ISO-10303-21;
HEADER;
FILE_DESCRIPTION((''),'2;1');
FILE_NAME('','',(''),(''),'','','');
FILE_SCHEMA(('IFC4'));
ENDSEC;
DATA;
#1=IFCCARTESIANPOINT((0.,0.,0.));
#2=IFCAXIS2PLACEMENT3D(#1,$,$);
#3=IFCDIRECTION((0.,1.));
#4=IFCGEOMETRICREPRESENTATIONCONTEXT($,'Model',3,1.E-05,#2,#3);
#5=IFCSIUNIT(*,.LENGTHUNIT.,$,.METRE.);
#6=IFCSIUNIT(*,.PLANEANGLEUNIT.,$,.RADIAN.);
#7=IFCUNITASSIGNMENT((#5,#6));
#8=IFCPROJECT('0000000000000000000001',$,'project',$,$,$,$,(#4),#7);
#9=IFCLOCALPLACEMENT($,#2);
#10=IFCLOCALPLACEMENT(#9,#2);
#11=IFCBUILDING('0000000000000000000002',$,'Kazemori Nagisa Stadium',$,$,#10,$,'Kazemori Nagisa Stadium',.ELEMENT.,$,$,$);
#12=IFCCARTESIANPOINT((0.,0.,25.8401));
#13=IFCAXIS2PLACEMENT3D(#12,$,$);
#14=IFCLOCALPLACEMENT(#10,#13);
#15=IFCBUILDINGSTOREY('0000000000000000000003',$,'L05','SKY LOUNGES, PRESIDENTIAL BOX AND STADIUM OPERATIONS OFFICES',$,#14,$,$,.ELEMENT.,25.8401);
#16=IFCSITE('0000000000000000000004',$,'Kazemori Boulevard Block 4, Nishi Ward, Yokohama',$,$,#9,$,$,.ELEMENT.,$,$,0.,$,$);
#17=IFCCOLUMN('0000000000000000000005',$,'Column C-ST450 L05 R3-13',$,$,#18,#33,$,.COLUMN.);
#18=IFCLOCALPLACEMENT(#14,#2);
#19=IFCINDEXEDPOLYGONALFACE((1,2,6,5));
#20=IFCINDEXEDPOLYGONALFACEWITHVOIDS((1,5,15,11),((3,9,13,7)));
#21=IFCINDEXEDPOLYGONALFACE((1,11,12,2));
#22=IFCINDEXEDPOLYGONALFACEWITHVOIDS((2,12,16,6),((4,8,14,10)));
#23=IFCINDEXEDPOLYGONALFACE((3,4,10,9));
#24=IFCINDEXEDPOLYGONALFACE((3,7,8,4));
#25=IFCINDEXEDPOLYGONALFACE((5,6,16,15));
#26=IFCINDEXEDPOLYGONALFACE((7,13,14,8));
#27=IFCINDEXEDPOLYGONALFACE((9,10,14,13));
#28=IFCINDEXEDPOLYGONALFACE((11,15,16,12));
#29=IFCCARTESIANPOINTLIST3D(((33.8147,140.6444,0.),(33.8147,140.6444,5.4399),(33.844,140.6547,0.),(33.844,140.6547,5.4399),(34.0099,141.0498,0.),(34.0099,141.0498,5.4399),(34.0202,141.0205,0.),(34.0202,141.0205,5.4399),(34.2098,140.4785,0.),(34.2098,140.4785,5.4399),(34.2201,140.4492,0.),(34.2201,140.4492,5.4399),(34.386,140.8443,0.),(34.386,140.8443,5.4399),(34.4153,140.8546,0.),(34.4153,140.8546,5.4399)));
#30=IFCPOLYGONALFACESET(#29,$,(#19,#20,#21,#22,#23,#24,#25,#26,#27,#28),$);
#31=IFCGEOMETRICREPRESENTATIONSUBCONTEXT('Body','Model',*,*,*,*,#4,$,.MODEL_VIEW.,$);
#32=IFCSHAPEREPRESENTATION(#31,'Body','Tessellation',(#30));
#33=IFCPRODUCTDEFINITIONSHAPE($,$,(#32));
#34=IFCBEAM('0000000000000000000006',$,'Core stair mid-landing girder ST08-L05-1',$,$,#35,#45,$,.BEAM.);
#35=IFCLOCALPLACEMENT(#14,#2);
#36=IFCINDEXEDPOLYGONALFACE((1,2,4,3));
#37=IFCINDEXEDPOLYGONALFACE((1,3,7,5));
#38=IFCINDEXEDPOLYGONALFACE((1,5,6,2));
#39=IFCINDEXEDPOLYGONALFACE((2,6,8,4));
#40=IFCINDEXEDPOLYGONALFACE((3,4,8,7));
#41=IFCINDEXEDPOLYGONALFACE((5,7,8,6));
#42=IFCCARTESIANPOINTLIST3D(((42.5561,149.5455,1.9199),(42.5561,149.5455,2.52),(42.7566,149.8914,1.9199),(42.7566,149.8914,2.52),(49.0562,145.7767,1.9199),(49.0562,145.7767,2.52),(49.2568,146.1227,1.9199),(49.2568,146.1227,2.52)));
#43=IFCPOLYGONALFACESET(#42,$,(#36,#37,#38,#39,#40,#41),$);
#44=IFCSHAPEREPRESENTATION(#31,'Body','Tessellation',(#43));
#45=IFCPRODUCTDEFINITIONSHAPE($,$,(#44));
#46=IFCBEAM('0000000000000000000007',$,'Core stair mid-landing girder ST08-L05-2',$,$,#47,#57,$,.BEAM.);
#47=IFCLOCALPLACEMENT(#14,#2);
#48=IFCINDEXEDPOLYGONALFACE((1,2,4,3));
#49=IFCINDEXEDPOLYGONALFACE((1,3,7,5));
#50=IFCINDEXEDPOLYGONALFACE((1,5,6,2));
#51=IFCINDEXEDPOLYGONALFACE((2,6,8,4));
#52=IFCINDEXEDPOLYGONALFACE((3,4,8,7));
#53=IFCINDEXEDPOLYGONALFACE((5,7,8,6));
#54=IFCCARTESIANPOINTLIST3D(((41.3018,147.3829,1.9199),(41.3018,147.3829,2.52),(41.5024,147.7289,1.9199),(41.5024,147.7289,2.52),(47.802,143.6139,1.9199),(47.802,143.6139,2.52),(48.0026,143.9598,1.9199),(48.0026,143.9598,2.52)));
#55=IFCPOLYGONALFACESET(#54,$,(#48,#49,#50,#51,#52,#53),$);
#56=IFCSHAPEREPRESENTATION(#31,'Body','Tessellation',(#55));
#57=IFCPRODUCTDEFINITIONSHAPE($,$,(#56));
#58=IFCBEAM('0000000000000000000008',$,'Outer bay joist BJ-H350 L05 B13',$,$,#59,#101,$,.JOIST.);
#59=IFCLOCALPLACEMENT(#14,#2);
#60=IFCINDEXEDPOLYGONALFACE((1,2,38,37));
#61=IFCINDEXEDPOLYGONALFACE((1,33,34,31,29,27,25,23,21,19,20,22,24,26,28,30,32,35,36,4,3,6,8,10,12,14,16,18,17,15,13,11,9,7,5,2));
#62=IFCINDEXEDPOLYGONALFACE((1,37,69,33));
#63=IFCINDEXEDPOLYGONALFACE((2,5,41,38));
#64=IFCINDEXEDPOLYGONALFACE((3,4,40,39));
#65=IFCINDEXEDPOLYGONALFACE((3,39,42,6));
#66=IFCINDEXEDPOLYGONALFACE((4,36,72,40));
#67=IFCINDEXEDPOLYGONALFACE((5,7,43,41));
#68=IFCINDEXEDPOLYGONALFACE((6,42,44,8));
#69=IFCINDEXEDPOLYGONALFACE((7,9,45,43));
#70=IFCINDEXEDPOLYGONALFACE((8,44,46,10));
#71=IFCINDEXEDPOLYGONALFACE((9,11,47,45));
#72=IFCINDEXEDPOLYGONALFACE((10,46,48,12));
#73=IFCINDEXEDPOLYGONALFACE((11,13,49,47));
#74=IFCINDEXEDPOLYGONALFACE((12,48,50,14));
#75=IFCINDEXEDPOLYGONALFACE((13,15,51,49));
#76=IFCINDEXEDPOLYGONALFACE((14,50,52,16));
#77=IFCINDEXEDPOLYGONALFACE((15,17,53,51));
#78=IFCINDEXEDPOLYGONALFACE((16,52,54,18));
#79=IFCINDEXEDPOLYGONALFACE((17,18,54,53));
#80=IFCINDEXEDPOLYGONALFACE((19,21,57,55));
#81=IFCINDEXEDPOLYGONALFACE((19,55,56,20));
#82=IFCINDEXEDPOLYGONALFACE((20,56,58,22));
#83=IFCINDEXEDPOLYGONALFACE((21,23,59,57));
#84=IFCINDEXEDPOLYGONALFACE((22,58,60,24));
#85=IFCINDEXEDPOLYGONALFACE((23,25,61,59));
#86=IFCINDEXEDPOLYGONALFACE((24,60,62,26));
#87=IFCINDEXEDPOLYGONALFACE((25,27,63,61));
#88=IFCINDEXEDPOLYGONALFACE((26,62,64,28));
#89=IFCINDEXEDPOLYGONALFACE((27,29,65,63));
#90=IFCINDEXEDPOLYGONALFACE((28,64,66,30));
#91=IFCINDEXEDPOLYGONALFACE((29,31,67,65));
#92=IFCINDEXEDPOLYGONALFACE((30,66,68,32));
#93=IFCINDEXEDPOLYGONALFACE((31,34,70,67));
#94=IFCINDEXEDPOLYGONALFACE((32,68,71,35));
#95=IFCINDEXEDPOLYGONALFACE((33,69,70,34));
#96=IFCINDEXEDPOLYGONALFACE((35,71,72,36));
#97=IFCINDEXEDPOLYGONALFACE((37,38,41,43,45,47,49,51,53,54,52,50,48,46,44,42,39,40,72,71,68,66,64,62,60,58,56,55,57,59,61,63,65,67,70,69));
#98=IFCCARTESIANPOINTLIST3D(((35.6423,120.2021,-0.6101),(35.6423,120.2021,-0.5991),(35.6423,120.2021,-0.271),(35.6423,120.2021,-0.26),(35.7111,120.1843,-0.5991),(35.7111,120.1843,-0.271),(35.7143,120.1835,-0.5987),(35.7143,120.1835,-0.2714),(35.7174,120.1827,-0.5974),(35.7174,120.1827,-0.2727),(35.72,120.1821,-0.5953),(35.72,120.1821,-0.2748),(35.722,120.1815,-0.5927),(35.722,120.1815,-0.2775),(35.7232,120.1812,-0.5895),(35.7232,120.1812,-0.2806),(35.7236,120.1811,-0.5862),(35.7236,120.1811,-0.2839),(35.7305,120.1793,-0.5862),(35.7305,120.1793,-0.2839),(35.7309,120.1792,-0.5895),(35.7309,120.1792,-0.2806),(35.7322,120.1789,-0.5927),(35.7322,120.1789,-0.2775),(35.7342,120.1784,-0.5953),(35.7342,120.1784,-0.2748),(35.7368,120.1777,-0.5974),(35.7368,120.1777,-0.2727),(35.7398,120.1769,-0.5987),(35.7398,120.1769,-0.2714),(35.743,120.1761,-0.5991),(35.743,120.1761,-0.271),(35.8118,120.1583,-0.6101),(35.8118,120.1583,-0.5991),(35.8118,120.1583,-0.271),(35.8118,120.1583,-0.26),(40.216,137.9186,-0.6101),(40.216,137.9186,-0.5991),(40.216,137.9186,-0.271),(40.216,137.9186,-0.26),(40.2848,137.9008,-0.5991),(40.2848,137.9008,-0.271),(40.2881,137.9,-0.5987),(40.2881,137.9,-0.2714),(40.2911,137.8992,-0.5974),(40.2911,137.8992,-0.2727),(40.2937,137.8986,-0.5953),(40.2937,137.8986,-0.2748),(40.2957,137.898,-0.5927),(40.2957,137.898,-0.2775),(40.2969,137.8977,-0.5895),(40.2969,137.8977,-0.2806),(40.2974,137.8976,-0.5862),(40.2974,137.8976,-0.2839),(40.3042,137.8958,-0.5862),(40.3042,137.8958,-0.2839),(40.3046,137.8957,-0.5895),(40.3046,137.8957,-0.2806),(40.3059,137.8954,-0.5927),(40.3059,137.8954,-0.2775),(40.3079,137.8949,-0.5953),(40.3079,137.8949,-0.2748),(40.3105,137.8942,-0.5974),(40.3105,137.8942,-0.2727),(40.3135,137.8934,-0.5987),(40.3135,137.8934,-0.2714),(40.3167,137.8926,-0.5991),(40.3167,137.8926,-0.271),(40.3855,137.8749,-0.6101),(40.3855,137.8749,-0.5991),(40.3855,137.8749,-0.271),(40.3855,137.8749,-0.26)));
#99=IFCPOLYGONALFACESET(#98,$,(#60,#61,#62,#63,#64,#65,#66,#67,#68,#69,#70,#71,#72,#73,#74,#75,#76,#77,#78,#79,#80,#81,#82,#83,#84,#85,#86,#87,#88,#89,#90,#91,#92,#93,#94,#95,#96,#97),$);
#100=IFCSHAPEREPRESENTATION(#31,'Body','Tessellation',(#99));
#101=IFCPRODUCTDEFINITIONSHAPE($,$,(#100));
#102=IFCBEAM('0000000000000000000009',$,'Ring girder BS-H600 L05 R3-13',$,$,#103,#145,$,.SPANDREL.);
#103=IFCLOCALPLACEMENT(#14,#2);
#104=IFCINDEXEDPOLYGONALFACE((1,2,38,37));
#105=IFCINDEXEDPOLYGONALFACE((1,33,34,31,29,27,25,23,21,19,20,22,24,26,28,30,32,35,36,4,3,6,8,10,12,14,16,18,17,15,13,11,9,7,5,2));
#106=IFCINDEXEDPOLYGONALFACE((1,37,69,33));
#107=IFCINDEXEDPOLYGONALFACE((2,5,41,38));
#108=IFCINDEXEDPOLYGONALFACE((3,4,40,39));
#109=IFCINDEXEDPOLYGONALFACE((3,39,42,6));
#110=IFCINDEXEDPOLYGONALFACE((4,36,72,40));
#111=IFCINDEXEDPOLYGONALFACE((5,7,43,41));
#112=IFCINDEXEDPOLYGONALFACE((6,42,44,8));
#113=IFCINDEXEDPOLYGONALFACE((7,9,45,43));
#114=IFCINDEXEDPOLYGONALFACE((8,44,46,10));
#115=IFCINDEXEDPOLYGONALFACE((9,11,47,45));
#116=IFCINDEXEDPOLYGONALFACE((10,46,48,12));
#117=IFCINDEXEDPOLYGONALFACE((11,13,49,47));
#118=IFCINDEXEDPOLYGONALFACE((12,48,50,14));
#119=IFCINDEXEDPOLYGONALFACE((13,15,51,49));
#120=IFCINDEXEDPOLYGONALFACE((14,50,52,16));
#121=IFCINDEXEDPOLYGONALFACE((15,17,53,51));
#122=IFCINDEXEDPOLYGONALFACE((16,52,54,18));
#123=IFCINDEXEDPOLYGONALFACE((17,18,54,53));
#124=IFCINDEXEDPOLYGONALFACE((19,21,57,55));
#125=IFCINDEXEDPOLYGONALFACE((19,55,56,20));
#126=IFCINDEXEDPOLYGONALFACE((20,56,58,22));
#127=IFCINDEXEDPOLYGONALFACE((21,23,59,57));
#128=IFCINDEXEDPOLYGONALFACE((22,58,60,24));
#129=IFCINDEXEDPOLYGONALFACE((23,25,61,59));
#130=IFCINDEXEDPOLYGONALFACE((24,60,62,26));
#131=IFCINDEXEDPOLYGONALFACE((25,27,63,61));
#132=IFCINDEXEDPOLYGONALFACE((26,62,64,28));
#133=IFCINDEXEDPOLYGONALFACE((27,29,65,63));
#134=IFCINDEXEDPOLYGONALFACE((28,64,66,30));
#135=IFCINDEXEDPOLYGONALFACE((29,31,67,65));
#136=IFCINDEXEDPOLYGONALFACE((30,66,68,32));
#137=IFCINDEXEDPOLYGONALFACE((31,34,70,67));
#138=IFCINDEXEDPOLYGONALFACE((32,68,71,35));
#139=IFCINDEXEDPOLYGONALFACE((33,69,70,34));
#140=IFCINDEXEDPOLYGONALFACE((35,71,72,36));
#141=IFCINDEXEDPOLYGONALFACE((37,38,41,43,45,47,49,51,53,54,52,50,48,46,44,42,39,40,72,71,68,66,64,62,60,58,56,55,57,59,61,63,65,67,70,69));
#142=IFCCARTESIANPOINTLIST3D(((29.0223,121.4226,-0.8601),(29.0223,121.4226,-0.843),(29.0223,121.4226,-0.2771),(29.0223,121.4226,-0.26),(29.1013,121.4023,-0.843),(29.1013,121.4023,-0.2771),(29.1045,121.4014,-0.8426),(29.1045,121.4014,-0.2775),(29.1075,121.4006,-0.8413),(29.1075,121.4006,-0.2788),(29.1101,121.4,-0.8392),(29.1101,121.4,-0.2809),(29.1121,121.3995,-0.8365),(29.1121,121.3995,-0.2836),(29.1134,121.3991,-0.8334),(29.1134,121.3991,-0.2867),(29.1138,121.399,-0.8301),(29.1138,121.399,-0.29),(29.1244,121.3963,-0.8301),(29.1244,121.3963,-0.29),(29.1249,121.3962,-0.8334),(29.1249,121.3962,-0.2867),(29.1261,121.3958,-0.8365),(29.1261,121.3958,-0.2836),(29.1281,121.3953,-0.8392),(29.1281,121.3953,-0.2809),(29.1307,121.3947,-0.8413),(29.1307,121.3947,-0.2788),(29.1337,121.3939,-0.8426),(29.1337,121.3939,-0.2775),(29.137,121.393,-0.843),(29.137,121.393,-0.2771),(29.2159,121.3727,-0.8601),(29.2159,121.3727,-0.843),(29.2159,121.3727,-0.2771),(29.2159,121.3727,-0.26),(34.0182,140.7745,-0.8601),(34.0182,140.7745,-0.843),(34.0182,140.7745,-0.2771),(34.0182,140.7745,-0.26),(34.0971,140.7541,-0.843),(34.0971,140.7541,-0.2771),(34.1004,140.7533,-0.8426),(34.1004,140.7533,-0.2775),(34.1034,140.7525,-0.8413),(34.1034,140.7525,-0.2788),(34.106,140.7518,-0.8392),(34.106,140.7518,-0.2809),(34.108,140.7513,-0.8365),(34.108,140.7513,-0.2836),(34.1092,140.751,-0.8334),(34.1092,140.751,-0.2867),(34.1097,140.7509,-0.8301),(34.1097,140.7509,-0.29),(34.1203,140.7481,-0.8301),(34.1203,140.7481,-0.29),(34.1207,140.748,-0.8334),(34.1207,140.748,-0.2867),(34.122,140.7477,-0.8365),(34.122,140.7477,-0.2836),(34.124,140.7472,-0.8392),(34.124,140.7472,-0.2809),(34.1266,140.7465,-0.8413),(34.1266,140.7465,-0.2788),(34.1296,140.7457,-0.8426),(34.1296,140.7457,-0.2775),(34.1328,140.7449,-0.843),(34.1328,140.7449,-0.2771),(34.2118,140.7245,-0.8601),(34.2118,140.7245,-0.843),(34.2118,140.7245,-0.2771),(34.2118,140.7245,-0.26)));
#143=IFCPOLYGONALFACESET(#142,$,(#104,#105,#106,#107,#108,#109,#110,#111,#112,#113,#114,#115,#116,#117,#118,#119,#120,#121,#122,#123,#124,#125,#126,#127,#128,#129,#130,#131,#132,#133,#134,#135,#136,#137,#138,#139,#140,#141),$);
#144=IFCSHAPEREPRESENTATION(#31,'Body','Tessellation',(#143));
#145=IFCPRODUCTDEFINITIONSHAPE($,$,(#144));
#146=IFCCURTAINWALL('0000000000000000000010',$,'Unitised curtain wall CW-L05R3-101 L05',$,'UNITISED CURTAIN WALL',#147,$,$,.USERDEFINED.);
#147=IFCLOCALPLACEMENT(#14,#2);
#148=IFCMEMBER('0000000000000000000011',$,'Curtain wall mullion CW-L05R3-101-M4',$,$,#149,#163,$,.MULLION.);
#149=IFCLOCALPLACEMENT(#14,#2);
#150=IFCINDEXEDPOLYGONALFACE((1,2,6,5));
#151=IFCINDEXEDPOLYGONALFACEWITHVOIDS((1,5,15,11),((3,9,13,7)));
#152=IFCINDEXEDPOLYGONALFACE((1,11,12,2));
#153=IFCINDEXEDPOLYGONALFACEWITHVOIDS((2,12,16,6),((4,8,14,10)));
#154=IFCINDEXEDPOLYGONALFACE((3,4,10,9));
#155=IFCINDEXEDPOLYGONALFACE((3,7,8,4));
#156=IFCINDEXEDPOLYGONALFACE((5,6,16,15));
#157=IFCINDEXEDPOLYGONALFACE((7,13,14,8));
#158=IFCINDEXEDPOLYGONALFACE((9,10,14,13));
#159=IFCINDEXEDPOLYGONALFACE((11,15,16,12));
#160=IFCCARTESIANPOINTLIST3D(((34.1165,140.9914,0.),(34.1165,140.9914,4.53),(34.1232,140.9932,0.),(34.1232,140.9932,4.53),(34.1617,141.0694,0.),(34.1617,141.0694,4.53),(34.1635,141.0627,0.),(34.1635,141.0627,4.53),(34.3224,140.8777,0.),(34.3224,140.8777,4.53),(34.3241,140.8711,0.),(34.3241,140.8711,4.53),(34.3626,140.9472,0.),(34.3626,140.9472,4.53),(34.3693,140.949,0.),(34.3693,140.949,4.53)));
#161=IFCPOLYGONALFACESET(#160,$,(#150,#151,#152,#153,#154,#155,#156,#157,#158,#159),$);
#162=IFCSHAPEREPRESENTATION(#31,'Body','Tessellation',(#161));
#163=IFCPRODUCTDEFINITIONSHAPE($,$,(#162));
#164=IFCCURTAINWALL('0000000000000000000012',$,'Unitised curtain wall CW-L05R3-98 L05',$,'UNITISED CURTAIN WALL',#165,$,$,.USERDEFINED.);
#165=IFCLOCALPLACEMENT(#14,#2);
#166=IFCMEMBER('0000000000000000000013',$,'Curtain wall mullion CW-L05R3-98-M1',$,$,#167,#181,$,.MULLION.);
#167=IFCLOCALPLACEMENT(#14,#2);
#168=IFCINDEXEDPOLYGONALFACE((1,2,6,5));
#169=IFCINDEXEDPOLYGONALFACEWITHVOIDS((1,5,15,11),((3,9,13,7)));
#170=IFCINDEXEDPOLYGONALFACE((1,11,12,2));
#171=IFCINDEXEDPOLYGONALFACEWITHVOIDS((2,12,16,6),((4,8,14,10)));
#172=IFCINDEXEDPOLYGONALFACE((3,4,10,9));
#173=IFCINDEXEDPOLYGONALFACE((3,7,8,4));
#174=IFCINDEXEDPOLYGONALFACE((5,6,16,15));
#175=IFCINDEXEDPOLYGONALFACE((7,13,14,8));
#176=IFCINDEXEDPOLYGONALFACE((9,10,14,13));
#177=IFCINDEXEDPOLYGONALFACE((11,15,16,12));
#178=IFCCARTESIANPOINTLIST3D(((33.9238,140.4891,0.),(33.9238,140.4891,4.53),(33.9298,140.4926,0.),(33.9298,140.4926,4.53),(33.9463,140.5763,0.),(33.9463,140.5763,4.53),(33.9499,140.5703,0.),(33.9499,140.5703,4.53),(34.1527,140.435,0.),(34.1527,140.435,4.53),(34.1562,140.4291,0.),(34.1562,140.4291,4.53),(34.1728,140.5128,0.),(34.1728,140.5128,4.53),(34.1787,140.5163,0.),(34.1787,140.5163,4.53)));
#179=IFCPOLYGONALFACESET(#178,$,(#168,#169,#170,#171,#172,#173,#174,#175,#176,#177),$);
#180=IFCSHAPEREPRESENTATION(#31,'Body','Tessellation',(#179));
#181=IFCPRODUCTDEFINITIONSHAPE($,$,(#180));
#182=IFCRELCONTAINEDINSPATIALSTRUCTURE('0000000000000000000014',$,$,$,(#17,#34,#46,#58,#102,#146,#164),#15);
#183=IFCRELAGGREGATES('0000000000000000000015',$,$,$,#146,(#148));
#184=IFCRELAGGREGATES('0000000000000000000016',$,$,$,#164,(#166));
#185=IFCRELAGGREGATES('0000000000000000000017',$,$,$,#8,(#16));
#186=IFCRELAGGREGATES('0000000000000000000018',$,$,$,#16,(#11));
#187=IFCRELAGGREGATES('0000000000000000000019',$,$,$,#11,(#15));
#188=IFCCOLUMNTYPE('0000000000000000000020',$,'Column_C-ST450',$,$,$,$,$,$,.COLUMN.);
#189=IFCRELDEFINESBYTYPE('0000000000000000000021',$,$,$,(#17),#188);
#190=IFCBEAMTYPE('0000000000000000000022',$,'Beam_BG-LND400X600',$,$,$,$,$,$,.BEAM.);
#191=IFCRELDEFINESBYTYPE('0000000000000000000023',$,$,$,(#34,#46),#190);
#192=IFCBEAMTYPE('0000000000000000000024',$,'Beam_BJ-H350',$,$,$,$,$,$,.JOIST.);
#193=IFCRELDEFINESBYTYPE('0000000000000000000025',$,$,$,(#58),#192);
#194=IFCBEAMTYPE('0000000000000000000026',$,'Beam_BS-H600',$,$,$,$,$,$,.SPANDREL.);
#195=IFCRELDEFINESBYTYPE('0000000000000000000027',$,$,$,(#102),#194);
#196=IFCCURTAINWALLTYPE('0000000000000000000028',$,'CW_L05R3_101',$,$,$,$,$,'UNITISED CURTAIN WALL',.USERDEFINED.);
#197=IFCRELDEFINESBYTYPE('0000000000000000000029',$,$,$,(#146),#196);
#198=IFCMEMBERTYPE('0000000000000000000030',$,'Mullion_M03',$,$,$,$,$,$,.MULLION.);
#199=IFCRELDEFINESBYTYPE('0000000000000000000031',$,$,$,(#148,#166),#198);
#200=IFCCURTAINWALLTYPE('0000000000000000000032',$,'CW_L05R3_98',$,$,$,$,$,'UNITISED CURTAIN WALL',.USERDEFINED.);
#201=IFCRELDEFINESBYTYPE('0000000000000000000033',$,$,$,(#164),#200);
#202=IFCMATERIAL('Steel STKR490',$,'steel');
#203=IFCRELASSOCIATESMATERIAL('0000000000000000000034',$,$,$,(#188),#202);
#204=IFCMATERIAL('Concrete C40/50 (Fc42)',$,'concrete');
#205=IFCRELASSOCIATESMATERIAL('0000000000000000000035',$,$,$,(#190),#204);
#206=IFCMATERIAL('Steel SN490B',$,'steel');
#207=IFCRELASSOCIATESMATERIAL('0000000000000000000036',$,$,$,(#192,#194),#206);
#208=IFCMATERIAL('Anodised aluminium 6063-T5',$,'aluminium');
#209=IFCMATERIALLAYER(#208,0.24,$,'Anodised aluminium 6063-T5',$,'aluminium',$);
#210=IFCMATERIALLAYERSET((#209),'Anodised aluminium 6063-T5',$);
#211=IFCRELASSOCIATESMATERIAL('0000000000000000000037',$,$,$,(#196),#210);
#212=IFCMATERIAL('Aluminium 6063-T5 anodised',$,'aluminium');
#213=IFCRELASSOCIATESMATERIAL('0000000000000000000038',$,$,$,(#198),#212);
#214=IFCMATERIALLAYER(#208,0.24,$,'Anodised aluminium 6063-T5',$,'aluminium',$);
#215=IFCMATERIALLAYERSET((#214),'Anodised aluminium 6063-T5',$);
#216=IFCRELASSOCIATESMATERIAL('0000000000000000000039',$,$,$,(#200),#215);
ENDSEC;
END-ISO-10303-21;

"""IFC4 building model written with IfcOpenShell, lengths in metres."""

from ifc_helpers import new_model, si_unit, direction, frame, origin, origin_2d, place, context, subcontext, project, spatial, rectangle, hollow_rectangle, i_section, extrude, material, layer, layer_set, material_profile, profile_set, type_object, element, aggregate, save


model = new_model("IFC4")

# Units and contexts
model_context = context("Model", 3, precision=1e-05, world=origin(), true_north=direction((0.0, 1.0)))
body_context = subcontext(model_context, "Body", "Model", "MODEL_VIEW")
ifc_project = project(units=[si_unit("LENGTHUNIT", "METRE"), si_unit("PLANEANGLEUNIT", "RADIAN")], contexts=[model_context])

# Site, building, storey
site_placement = place(None, origin())
site = spatial("IfcSite", under=ifc_project, at=site_placement, Name="Kazemori Boulevard Block 4, Nishi Ward, Yokohama", CompositionType="ELEMENT", RefElevation=0.0)
building_placement = place(site_placement, origin())
building = spatial("IfcBuilding", under=site, at=building_placement, Name="Kazemori Nagisa Stadium", LongName="Kazemori Nagisa Stadium", CompositionType="ELEMENT")
storey_placement = place(building_placement, frame((0.0, 0.0, 25.8401)))
storey = spatial("IfcBuildingStorey", under=building, at=storey_placement, Name="L05", Description="SKY LOUNGES, PRESIDENTIAL BOX AND STADIUM OPERATIONS OFFICES", CompositionType="ELEMENT", Elevation=25.8401)

# Column
ifc_material_1 = material(Name="Steel STKR490", Category="steel")
ifc_material_profile_1 = material_profile(ifc_material_1, hollow_rectangle(XDim=0.45, YDim=0.45, WallThickness=0.022, at=origin_2d()), Name="SHS-450x450x22")
ifc_profile_set_1 = profile_set([ifc_material_profile_1], Name="Steel STKR490")
column_type = type_object("IfcColumnType", Name="Column_C-ST450", PredefinedType="COLUMN", material=ifc_profile_set_1)
column_placement = place(storey_placement, frame((34.115, 140.7495, 0.0), z_axis=(0.0, 0.0, 1.0), x_axis=(-0.900969, 0.433884, 0.0)))
element("IfcColumn", 1, at=column_placement, inside=storey, type_object=column_type, Name="Column C-ST450 L05 R3-13", PredefinedType="COLUMN", context=body_context, shape_type="SweptSolid", body=[
    extrude(hollow_rectangle(XDim=0.45, YDim=0.45, WallThickness=0.022, at=origin_2d()), origin(), (0.0, 0.0, 1.0), 5.4399),
])

# Beams
ifc_material_2 = material(Name="Concrete C40/50 (Fc42)", Category="concrete")
ifc_material_profile_2 = material_profile(ifc_material_2, rectangle(XDim=0.3999, YDim=0.6001, at=origin_2d()), Name="RC-BM-400x600")
ifc_profile_set_2 = profile_set([ifc_material_profile_2], Name="Concrete C40/50 (Fc42)")
beam_type_1 = type_object("IfcBeamType", Name="Beam_BG-LND400X600", PredefinedType="BEAM", material=ifc_profile_set_2)
beam_1_placement = place(storey_placement, frame((49.1565, 145.9497, 2.22), z_axis=(-0.865109, 0.501584, 0.0), x_axis=(-0.501584, -0.865109, 0.0)))
element("IfcBeam", 2, at=beam_1_placement, inside=storey, type_object=beam_type_1, Name="Core stair mid-landing girder ST08-L05-1", PredefinedType="BEAM", context=body_context, shape_type="SweptSolid", body=[
    extrude(rectangle(XDim=0.3999, YDim=0.6001, at=origin_2d()), origin(), (0.0, 0.0, 1.0), 7.5137),
])
beam_2_placement = place(storey_placement, frame((47.9023, 143.7869, 2.22), z_axis=(-0.865095, 0.501609, 0.0), x_axis=(-0.501609, -0.865095, 0.0)))
element("IfcBeam", 3, at=beam_2_placement, inside=storey, type_object=beam_type_1, Name="Core stair mid-landing girder ST08-L05-2", PredefinedType="BEAM", context=body_context, shape_type="SweptSolid", body=[
    extrude(rectangle(XDim=0.3999, YDim=0.6001, at=origin_2d()), origin(), (0.0, 0.0, 1.0), 7.5139),
])
ifc_material_3 = material(Name="Steel SN490B", Category="steel")
ifc_material_profile_3 = material_profile(ifc_material_3, i_section(OverallWidth=0.175, OverallDepth=0.3501, WebThickness=0.0071, FlangeThickness=0.011, FilletRadius=0.0129, at=origin_2d()), Name="H-350x175x7x11")
ifc_profile_set_3 = profile_set([ifc_material_profile_3], Name="Steel SN490B")
beam_type_2 = type_object("IfcBeamType", Name="Beam_BJ-H350", PredefinedType="JOIST", material=ifc_profile_set_3)
beam_3_placement = place(storey_placement, frame((40.3008, 137.8967, -0.4351), z_axis=(-0.249966, -0.968255, 0.0), x_axis=(0.968255, -0.249966, 0.0)))
element("IfcBeam", 4, at=beam_3_placement, inside=storey, type_object=beam_type_2, Name="Outer bay joist BJ-H350 L05 B13", PredefinedType="JOIST", context=body_context, shape_type="SweptSolid", body=[
    extrude(i_section(OverallWidth=0.175, OverallDepth=0.3501, WebThickness=0.0071, FlangeThickness=0.011, FilletRadius=0.0129, at=origin_2d()), origin(), (0.0, 0.0, 1.0), 18.2974),
])
ifc_material_profile_4 = material_profile(ifc_material_3, i_section(OverallWidth=0.2, OverallDepth=0.6001, WebThickness=0.011, FlangeThickness=0.0171, FilletRadius=0.0129, at=origin_2d()), Name="H-600x200x11x17")
ifc_profile_set_4 = profile_set([ifc_material_profile_4], Name="Steel SN490B")
beam_type_3 = type_object("IfcBeamType", Name="Beam_BS-H600", PredefinedType="SPANDREL", material=ifc_profile_set_4)
beam_4_placement = place(storey_placement, frame((34.115, 140.7495, -0.5601), z_axis=(-0.249964, -0.968255, 0.0), x_axis=(0.968255, -0.249964, 0.0)))
element("IfcBeam", 5, at=beam_4_placement, inside=storey, type_object=beam_type_3, Name="Ring girder BS-H600 L05 R3-13", PredefinedType="SPANDREL", context=body_context, shape_type="SweptSolid", body=[
    extrude(i_section(OverallWidth=0.2, OverallDepth=0.6001, WebThickness=0.011, FlangeThickness=0.0171, FilletRadius=0.0129, at=origin_2d()), origin(), (0.0, 0.0, 1.0), 19.9863),
])

# Curtain wall, member
ifc_material_4 = material(Name="Anodised aluminium 6063-T5", Category="aluminium")
ifc_layer_1 = layer(ifc_material_4, 0.24, Name="Anodised aluminium 6063-T5", Category="aluminium")
ifc_layer_set_1 = layer_set([ifc_layer_1], Name="Anodised aluminium 6063-T5")
curtain_wall_type_1 = type_object("IfcCurtainWallType", Name="CW_L05R3_101", ElementType="UNITISED CURTAIN WALL", PredefinedType="USERDEFINED", material=ifc_layer_set_1)
curtain_wall_1_placement = place(storey_placement, origin())
curtain_wall_1 = element("IfcCurtainWall", 6, at=curtain_wall_1_placement, inside=storey, type_object=curtain_wall_type_1, Name="Unitised curtain wall CW-L05R3-101 L05", ObjectType="UNITISED CURTAIN WALL", PredefinedType="USERDEFINED")
ifc_material_5 = material(Name="Aluminium 6063-T5 anodised", Category="aluminium")
ifc_material_profile_5 = material_profile(ifc_material_5, hollow_rectangle(XDim=0.0901, YDim=0.24, WallThickness=0.0049, at=origin_2d()), Name="ALU-MULL-90x240x5")
ifc_profile_set_5 = profile_set([ifc_material_profile_5], Name="Aluminium 6063-T5 anodised")
member_type_1 = type_object("IfcMemberType", Name="Mullion_M03", PredefinedType="MULLION", material=ifc_profile_set_5)
member_1_placement = place(storey_placement, frame((34.2429, 140.9702, 0.0), z_axis=(0.0, 0.0, 1.0), x_axis=(-0.501612, -0.865093, 0.0)))
member_1 = element("IfcMember", 7, at=member_1_placement, type_object=member_type_1, Name="Curtain wall mullion CW-L05R3-101-M4", PredefinedType="MULLION", context=body_context, shape_type="SweptSolid", body=[
    extrude(hollow_rectangle(XDim=0.0901, YDim=0.24, WallThickness=0.0049, at=origin_2d()), origin(), (0.0, 0.0, 1.0), 4.53),
])

# Curtain wall, member
ifc_layer_2 = layer(ifc_material_4, 0.24, Name="Anodised aluminium 6063-T5", Category="aluminium")
ifc_layer_set_2 = layer_set([ifc_layer_2], Name="Anodised aluminium 6063-T5")
curtain_wall_type_2 = type_object("IfcCurtainWallType", Name="CW_L05R3_98", ElementType="UNITISED CURTAIN WALL", PredefinedType="USERDEFINED", material=ifc_layer_set_2)
curtain_wall_2_placement = place(storey_placement, origin())
curtain_wall_2 = element("IfcCurtainWall", 8, at=curtain_wall_2_placement, inside=storey, type_object=curtain_wall_type_2, Name="Unitised curtain wall CW-L05R3-98 L05", ObjectType="UNITISED CURTAIN WALL", PredefinedType="USERDEFINED")
member_2_placement = place(storey_placement, frame((34.0513, 140.5027, 0.0), z_axis=(0.0, 0.0, 1.0), x_axis=(-0.249965, -0.968255, 0.0)))
member_2 = element("IfcMember", 9, at=member_2_placement, type_object=member_type_1, Name="Curtain wall mullion CW-L05R3-98-M1", PredefinedType="MULLION", context=body_context, shape_type="SweptSolid", body=[
    extrude(hollow_rectangle(XDim=0.0901, YDim=0.24, WallThickness=0.0049, at=origin_2d()), origin(), (0.0, 0.0, 1.0), 4.53),
])

aggregate(curtain_wall_1, [member_1])
aggregate(curtain_wall_2, [member_2])

save(model, "model.ifc")
